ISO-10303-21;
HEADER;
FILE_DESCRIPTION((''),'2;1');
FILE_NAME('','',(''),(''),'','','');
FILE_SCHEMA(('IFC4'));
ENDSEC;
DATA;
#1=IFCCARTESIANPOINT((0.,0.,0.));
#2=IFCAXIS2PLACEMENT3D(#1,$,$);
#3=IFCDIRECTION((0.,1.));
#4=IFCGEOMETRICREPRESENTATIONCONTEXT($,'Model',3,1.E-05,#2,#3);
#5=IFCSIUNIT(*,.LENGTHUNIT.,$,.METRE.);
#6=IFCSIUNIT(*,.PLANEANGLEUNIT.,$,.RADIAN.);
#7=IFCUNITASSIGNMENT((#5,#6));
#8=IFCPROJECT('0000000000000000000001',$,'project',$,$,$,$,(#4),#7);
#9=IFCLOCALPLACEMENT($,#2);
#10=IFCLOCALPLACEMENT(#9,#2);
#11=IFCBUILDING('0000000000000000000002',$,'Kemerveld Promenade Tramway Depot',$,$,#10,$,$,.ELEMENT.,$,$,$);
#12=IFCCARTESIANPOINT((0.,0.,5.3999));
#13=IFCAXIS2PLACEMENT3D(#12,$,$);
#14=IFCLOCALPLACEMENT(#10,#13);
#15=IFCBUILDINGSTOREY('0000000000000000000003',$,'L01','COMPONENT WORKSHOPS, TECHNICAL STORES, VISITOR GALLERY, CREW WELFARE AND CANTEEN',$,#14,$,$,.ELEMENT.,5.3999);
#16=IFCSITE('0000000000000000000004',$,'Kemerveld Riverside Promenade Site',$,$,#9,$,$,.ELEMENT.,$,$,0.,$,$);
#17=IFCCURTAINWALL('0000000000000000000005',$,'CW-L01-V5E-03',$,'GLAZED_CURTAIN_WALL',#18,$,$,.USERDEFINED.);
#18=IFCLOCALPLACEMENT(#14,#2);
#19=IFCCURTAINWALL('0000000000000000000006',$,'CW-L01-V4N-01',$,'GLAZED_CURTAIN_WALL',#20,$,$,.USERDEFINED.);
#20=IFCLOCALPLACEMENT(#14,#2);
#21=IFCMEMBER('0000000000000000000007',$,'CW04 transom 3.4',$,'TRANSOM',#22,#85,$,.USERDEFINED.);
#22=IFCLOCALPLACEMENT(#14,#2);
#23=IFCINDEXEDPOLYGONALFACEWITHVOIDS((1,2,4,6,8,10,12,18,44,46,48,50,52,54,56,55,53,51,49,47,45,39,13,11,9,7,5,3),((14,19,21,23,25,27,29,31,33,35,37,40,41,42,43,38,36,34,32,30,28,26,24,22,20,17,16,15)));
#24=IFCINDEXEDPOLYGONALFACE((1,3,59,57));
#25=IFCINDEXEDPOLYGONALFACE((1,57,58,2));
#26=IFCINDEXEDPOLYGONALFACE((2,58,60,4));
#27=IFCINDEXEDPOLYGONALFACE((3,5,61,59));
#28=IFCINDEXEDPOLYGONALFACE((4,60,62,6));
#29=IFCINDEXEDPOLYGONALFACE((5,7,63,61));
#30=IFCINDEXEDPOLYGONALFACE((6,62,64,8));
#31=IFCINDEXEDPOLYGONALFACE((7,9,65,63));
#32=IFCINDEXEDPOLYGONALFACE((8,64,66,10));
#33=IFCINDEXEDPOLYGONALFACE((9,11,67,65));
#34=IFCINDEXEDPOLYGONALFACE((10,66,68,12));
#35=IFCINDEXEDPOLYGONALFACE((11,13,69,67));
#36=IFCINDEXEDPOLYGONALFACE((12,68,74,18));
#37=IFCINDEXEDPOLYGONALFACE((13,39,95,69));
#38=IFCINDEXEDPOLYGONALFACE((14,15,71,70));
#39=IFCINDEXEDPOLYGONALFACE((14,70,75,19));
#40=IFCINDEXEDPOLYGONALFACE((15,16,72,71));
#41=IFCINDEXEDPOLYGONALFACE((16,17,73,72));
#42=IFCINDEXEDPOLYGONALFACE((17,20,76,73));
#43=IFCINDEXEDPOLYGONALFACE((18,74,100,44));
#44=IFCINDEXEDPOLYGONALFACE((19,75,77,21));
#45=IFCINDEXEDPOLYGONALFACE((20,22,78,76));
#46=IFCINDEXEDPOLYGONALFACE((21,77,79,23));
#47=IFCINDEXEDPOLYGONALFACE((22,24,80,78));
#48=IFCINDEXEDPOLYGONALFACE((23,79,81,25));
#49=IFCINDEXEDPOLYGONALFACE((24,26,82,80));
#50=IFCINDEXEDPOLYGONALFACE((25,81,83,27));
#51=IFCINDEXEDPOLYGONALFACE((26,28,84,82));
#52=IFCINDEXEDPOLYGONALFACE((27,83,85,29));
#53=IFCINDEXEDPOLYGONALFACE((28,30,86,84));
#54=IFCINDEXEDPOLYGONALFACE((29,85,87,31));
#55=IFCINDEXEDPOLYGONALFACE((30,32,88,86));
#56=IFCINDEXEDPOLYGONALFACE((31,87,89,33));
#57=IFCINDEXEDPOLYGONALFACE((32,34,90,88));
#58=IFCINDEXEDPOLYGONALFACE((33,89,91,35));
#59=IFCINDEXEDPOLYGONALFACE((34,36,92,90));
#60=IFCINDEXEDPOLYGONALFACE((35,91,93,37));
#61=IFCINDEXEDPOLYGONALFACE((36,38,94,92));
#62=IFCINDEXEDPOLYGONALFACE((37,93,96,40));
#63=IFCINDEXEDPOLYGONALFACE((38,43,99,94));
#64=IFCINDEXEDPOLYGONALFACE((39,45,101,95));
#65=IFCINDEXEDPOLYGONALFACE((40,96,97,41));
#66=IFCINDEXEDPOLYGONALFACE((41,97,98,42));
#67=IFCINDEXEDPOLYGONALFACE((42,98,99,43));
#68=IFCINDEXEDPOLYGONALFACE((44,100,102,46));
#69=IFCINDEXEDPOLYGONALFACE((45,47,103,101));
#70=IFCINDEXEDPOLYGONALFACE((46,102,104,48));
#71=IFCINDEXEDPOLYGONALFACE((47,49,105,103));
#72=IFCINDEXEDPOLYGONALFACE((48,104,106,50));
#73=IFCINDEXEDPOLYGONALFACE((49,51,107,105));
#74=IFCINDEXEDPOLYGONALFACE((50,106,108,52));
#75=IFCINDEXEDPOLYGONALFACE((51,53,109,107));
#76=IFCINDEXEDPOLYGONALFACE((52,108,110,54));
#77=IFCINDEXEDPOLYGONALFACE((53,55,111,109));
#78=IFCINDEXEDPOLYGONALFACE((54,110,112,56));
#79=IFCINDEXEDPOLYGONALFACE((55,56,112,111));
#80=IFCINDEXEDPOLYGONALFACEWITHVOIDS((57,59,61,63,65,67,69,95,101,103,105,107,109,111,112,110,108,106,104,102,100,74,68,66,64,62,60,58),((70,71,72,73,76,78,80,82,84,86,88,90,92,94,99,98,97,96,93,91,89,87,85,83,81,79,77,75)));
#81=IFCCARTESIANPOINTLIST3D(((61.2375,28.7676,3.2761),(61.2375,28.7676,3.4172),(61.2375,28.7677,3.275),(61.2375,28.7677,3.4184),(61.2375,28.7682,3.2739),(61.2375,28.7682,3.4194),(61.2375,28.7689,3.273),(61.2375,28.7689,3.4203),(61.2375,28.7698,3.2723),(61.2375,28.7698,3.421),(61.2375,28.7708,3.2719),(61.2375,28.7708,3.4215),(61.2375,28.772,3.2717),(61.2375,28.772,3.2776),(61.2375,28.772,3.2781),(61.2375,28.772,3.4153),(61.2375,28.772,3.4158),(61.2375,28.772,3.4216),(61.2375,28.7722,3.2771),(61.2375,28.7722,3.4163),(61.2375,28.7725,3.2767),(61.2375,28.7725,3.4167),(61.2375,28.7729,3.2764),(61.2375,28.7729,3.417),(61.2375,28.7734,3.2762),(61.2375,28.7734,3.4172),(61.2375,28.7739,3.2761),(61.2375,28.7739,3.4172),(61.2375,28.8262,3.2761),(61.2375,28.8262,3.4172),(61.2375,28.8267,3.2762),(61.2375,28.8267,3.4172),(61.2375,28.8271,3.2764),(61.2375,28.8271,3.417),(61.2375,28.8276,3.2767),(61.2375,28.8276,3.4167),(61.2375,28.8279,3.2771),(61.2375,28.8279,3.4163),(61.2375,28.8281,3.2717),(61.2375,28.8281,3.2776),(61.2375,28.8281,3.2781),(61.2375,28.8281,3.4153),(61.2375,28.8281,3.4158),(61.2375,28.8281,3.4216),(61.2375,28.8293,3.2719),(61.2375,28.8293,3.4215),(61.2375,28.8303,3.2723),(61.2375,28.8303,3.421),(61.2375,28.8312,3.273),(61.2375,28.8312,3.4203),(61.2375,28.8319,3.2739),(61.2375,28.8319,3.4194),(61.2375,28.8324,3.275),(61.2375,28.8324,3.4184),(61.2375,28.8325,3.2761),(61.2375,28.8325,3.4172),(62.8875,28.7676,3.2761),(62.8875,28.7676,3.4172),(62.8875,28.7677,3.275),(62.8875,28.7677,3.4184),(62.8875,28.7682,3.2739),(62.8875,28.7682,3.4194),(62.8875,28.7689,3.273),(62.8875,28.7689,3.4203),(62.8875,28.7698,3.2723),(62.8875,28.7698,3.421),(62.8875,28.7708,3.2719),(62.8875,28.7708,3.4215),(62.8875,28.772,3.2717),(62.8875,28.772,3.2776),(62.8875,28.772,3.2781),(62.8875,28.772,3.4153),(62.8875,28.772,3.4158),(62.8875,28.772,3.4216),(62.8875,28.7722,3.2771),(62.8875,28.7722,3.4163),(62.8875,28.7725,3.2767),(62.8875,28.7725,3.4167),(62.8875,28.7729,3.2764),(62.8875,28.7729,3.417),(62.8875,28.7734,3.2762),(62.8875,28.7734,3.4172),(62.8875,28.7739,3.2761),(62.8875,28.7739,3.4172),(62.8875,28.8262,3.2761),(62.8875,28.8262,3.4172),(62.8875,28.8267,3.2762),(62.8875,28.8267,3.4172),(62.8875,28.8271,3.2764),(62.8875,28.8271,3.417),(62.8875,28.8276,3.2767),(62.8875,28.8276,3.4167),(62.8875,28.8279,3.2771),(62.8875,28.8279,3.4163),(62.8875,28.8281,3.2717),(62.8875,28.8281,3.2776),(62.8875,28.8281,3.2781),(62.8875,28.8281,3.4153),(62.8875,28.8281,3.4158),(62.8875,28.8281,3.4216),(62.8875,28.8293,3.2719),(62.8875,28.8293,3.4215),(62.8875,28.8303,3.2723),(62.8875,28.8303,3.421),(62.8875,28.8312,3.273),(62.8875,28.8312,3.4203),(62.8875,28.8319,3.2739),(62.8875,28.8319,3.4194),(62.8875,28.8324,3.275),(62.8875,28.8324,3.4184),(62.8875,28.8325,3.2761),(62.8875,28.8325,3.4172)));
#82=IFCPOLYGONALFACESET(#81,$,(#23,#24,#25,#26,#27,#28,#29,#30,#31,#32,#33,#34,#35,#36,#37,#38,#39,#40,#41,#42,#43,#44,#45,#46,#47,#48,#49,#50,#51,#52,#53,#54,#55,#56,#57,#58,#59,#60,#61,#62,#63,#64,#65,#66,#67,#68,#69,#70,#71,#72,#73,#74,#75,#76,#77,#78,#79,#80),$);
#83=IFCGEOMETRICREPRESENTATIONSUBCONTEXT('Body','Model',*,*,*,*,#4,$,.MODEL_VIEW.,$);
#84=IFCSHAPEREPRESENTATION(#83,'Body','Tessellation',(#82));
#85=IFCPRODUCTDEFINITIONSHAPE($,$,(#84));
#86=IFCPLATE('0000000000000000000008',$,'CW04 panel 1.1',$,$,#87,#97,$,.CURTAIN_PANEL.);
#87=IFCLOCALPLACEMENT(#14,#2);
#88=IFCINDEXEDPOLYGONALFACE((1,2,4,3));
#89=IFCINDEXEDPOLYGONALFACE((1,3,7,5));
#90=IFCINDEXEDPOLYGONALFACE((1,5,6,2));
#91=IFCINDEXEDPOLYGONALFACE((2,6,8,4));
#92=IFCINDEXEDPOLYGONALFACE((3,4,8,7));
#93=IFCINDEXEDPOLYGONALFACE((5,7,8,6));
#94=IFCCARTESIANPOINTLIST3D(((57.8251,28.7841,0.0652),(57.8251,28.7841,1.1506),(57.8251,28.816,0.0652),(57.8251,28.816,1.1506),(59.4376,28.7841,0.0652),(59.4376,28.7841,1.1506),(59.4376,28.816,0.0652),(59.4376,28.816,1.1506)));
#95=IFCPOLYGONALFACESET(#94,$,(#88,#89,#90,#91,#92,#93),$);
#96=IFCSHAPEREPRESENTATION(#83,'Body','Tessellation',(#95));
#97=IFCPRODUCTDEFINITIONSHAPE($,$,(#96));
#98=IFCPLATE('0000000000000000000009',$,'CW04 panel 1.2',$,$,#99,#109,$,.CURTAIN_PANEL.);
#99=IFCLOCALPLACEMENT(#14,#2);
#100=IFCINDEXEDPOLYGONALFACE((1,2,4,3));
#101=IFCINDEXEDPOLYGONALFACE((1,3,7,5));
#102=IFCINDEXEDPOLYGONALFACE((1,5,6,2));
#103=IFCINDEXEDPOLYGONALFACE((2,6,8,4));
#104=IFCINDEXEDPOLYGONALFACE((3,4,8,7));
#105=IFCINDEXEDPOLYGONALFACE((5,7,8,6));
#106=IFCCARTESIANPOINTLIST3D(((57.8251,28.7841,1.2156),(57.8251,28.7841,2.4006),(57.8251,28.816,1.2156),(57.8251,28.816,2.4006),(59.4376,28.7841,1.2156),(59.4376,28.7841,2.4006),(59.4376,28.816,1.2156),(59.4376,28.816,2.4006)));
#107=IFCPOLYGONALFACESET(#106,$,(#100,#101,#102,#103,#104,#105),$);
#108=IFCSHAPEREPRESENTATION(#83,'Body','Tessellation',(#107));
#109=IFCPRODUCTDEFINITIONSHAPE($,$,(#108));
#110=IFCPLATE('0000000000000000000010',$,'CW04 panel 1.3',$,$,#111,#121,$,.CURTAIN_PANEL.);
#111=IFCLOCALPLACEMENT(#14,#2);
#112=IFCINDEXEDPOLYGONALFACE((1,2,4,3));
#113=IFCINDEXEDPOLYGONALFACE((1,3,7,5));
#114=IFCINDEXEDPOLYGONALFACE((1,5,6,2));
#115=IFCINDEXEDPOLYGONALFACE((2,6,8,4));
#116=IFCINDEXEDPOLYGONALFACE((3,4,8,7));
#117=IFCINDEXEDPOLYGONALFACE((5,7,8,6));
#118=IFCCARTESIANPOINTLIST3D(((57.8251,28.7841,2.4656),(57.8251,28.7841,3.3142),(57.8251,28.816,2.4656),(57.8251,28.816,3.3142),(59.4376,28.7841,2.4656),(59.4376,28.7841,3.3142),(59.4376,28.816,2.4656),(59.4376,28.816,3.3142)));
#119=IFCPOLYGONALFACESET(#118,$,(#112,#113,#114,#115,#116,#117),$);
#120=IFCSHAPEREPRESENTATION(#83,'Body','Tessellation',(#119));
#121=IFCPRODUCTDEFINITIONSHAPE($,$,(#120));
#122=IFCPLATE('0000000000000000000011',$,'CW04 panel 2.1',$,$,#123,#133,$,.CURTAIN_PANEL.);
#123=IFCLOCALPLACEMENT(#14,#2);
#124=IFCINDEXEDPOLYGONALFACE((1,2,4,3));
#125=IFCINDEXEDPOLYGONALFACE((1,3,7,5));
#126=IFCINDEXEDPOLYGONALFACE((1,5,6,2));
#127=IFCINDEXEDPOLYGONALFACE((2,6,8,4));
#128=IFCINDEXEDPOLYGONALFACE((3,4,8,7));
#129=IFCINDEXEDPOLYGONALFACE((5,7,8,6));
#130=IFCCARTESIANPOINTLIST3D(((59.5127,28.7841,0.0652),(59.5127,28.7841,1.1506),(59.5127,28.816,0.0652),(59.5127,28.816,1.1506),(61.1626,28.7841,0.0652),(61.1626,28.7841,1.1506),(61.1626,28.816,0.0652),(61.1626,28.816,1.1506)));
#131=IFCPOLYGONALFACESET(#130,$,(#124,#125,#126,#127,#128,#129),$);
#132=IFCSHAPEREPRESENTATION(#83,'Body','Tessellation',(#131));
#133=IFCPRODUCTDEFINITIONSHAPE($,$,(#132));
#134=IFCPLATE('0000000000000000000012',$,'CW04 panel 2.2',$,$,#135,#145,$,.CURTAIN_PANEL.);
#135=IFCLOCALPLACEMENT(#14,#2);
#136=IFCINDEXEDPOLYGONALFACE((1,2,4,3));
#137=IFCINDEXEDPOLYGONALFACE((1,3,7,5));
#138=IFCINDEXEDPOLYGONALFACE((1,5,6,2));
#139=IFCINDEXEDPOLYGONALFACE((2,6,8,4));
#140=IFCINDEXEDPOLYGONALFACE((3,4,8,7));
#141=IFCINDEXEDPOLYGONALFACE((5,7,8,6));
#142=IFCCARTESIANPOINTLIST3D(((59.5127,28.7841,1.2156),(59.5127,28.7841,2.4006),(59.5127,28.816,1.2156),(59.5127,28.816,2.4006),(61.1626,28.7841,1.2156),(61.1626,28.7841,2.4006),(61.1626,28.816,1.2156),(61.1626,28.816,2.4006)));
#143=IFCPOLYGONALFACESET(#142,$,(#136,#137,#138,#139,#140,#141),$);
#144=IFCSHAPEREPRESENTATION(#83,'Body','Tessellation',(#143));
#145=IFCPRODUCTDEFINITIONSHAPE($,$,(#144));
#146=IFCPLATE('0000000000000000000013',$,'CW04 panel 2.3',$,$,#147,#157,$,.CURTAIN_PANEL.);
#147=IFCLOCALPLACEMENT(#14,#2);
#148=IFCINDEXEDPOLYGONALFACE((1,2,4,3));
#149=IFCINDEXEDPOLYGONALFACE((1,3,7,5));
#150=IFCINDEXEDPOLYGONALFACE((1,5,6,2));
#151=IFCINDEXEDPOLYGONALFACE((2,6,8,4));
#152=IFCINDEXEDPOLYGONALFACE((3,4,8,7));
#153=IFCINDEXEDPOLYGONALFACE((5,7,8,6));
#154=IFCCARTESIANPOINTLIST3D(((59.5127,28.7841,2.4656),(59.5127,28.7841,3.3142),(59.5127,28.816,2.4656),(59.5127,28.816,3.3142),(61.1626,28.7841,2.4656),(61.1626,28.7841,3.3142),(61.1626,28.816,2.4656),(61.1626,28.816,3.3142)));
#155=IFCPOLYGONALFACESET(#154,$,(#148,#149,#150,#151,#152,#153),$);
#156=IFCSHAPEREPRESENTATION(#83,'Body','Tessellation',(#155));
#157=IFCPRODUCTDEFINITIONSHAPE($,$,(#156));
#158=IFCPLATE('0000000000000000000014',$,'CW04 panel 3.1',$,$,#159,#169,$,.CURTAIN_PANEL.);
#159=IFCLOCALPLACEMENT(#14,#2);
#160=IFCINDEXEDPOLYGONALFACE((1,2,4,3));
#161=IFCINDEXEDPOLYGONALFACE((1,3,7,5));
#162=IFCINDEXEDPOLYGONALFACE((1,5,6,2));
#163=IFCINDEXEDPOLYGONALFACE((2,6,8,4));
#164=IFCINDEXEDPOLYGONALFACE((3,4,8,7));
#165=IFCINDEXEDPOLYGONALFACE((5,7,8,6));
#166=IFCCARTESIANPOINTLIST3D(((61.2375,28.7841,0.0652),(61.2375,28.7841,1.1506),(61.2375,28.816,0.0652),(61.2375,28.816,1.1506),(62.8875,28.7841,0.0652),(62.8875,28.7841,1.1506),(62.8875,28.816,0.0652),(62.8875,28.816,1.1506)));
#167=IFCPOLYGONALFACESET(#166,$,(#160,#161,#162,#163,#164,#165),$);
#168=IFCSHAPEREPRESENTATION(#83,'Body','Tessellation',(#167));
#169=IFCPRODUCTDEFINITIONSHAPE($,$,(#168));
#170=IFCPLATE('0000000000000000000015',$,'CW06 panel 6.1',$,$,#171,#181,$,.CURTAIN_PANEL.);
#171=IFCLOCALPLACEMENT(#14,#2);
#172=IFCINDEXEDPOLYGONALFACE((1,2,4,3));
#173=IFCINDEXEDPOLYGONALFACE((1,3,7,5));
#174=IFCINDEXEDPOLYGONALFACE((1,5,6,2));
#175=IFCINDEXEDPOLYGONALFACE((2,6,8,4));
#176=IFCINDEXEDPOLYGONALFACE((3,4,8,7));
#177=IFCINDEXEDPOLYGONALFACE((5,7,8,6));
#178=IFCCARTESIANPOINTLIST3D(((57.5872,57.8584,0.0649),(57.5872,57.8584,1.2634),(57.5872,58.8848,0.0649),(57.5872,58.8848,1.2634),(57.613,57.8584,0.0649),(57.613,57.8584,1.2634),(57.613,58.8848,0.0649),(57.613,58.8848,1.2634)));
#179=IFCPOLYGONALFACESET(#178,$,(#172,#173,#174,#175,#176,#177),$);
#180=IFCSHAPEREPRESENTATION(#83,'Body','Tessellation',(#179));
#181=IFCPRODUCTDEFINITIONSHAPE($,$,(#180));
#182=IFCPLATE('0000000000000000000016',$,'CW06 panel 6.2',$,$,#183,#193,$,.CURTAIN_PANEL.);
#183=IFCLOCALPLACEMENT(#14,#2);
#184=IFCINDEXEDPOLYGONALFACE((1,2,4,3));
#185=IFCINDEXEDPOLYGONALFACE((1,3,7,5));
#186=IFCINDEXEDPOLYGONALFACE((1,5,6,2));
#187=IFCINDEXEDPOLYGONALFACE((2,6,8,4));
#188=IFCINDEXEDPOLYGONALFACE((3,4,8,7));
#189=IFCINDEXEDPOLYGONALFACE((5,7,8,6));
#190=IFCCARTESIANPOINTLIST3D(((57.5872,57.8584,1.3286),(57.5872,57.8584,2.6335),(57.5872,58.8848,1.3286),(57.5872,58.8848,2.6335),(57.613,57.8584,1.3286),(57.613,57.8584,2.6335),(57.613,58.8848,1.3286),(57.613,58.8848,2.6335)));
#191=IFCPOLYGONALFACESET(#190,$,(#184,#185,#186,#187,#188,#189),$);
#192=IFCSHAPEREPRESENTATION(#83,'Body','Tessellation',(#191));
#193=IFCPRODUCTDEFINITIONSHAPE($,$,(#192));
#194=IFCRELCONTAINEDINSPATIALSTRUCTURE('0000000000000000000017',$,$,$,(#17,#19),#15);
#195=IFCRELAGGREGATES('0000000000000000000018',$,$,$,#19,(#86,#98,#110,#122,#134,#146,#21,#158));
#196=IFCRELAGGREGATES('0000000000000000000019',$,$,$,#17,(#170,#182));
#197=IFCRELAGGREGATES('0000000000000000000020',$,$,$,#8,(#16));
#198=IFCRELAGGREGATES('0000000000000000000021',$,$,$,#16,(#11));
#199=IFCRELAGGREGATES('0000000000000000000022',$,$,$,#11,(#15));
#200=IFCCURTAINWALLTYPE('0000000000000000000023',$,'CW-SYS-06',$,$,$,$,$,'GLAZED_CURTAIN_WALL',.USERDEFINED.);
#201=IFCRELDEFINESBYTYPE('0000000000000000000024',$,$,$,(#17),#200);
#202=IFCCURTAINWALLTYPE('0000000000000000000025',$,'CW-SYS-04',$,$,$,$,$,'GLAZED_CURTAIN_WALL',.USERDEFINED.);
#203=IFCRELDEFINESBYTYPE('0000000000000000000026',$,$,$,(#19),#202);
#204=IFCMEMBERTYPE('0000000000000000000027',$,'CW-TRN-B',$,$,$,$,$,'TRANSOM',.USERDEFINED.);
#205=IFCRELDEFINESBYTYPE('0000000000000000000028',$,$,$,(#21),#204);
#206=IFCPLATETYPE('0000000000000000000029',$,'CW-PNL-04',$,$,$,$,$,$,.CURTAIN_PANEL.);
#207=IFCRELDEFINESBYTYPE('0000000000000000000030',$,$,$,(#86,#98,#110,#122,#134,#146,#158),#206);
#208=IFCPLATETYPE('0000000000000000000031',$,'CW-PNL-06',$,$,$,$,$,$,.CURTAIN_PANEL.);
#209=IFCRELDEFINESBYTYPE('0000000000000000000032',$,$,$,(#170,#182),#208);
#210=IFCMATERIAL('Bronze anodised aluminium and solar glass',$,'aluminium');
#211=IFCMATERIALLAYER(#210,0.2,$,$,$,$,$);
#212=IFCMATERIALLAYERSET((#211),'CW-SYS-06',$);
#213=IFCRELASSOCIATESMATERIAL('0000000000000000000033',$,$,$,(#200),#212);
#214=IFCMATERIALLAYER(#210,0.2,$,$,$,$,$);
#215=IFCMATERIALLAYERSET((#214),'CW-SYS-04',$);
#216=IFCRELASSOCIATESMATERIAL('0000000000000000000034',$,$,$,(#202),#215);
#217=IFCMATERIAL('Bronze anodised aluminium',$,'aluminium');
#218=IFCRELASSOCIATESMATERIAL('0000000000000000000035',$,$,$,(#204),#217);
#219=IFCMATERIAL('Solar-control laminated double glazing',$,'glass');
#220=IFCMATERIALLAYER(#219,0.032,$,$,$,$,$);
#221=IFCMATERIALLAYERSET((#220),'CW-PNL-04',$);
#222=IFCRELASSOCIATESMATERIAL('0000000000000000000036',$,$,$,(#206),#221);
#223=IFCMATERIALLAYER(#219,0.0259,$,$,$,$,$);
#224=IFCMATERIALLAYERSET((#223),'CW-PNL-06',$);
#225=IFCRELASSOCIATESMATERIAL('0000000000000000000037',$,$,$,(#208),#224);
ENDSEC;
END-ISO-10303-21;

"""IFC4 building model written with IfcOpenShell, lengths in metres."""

from ifc_helpers import new_model, si_unit, direction, frame, origin, origin_2d, place, context, subcontext, project, spatial, rectangle, hollow_rectangle, extrude, material, layer, layer_set, material_profile, profile_set, type_object, element, aggregate, save


model = new_model("IFC4")

# Units and contexts
model_context = context("Model", 3, precision=1e-05, world=origin(), true_north=direction((0.0, 1.0)))
body_context = subcontext(model_context, "Body", "Model", "MODEL_VIEW")
ifc_project = project(units=[si_unit("LENGTHUNIT", "METRE"), si_unit("PLANEANGLEUNIT", "RADIAN")], contexts=[model_context])

# Site, building, storey
site_placement = place(None, origin())
site = spatial("IfcSite", under=ifc_project, at=site_placement, Name="Kemerveld Riverside Promenade Site", CompositionType="ELEMENT", RefElevation=0.0)
building_placement = place(site_placement, origin())
building = spatial("IfcBuilding", under=site, at=building_placement, Name="Kemerveld Promenade Tramway Depot", CompositionType="ELEMENT")
storey_placement = place(building_placement, frame((0.0, 0.0, 5.3999)))
storey = spatial("IfcBuildingStorey", under=building, at=storey_placement, Name="L01", Description="COMPONENT WORKSHOPS, TECHNICAL STORES, VISITOR GALLERY, CREW WELFARE AND CANTEEN", CompositionType="ELEMENT", Elevation=5.3999)

# Curtain wall
ifc_material_1 = material(Name="Bronze anodised aluminium and solar glass", Category="aluminium")
ifc_layer_1 = layer(ifc_material_1, 0.2)
ifc_layer_set_1 = layer_set([ifc_layer_1], Name="CW-SYS-06")
curtain_wall_type_1 = type_object("IfcCurtainWallType", Name="CW-SYS-06", ElementType="GLAZED_CURTAIN_WALL", PredefinedType="USERDEFINED", material=ifc_layer_set_1)
curtain_wall_1_placement = place(storey_placement, origin())
curtain_wall_1 = element("IfcCurtainWall", 1, at=curtain_wall_1_placement, inside=storey, type_object=curtain_wall_type_1, Name="CW-L01-V5E-03", ObjectType="GLAZED_CURTAIN_WALL", PredefinedType="USERDEFINED")
ifc_material_2 = material(Name="Bronze anodised aluminium", Category="aluminium")

# Curtain wall, member, plates
ifc_layer_2 = layer(ifc_material_1, 0.2)
ifc_layer_set_2 = layer_set([ifc_layer_2], Name="CW-SYS-04")
curtain_wall_type_2 = type_object("IfcCurtainWallType", Name="CW-SYS-04", ElementType="GLAZED_CURTAIN_WALL", PredefinedType="USERDEFINED", material=ifc_layer_set_2)
curtain_wall_2_placement = place(storey_placement, origin())
curtain_wall_2 = element("IfcCurtainWall", 2, at=curtain_wall_2_placement, inside=storey, type_object=curtain_wall_type_2, Name="CW-L01-V4N-01", ObjectType="GLAZED_CURTAIN_WALL", PredefinedType="USERDEFINED")
ifc_material_profile_1 = material_profile(ifc_material_2, hollow_rectangle(XDim=0.0649, YDim=0.1499, WallThickness=0.0044, InnerFilletRadius=0.002, OuterFilletRadius=0.0044, at=origin_2d()), Name="CW-TRN-150x65")
ifc_profile_set_1 = profile_set([ifc_material_profile_1], Name="Bronze anodised aluminium")
member_type_1 = type_object("IfcMemberType", Name="CW-TRN-B", ElementType="TRANSOM", PredefinedType="USERDEFINED", material=ifc_profile_set_1)
member_1_placement = place(storey_placement, frame((61.2375, 28.8, 3.3467), z_axis=(1.0, 0.0, 0.0), x_axis=(0.0, 1.0, 0.0)))
member_1 = element("IfcMember", 3, at=member_1_placement, type_object=member_type_1, Name="CW04 transom 3.4", ObjectType="TRANSOM", PredefinedType="USERDEFINED", context=body_context, shape_type="SweptSolid", body=[
    extrude(hollow_rectangle(XDim=0.0649, YDim=0.1499, WallThickness=0.0044, InnerFilletRadius=0.002, OuterFilletRadius=0.0044, at=origin_2d()), origin(), (0.0, 0.0, 1.0), 1.6499),
])
ifc_material_3 = material(Name="Solar-control laminated double glazing", Category="glass")
ifc_layer_3 = layer(ifc_material_3, 0.032)
ifc_layer_set_3 = layer_set([ifc_layer_3], Name="CW-PNL-04")
plate_type_1 = type_object("IfcPlateType", Name="CW-PNL-04", PredefinedType="CURTAIN_PANEL", material=ifc_layer_set_3)
plate_1_placement = place(storey_placement, frame((58.6313, 28.8, 0.0652), z_axis=(0.0, 0.0, 1.0), x_axis=(1.0, 0.0, 0.0)))
plate_1 = element("IfcPlate", 4, at=plate_1_placement, type_object=plate_type_1, Name="CW04 panel 1.1", PredefinedType="CURTAIN_PANEL", context=body_context, shape_type="SweptSolid", body=[
    extrude(rectangle(XDim=1.6125, YDim=0.032, at=origin_2d()), origin(), (0.0, 0.0, 1.0), 1.0854),
])
plate_2_placement = place(storey_placement, frame((58.6313, 28.8, 1.2156), z_axis=(0.0, 0.0, 1.0), x_axis=(1.0, 0.0, 0.0)))
plate_2 = element("IfcPlate", 5, at=plate_2_placement, type_object=plate_type_1, Name="CW04 panel 1.2", PredefinedType="CURTAIN_PANEL", context=body_context, shape_type="SweptSolid", body=[
    extrude(rectangle(XDim=1.6125, YDim=0.032, at=origin_2d()), origin(), (0.0, 0.0, 1.0), 1.1851),
])
plate_3_placement = place(storey_placement, frame((58.6313, 28.8, 2.4656), z_axis=(0.0, 0.0, 1.0), x_axis=(1.0, 0.0, 0.0)))
plate_3 = element("IfcPlate", 6, at=plate_3_placement, type_object=plate_type_1, Name="CW04 panel 1.3", PredefinedType="CURTAIN_PANEL", context=body_context, shape_type="SweptSolid", body=[
    extrude(rectangle(XDim=1.6125, YDim=0.032, at=origin_2d()), origin(), (0.0, 0.0, 1.0), 0.8486),
])
plate_4_placement = place(storey_placement, frame((60.3376, 28.8, 0.0652), z_axis=(0.0, 0.0, 1.0), x_axis=(1.0, 0.0, 0.0)))
plate_4 = element("IfcPlate", 7, at=plate_4_placement, type_object=plate_type_1, Name="CW04 panel 2.1", PredefinedType="CURTAIN_PANEL", context=body_context, shape_type="SweptSolid", body=[
    extrude(rectangle(XDim=1.6499, YDim=0.032, at=origin_2d()), origin(), (0.0, 0.0, 1.0), 1.0854),
])
plate_5_placement = place(storey_placement, frame((60.3376, 28.8, 1.2156), z_axis=(0.0, 0.0, 1.0), x_axis=(1.0, 0.0, 0.0)))
plate_5 = element("IfcPlate", 8, at=plate_5_placement, type_object=plate_type_1, Name="CW04 panel 2.2", PredefinedType="CURTAIN_PANEL", context=body_context, shape_type="SweptSolid", body=[
    extrude(rectangle(XDim=1.6499, YDim=0.032, at=origin_2d()), origin(), (0.0, 0.0, 1.0), 1.1851),
])
plate_6_placement = place(storey_placement, frame((60.3376, 28.8, 2.4656), z_axis=(0.0, 0.0, 1.0), x_axis=(1.0, 0.0, 0.0)))
plate_6 = element("IfcPlate", 9, at=plate_6_placement, type_object=plate_type_1, Name="CW04 panel 2.3", PredefinedType="CURTAIN_PANEL", context=body_context, shape_type="SweptSolid", body=[
    extrude(rectangle(XDim=1.6499, YDim=0.032, at=origin_2d()), origin(), (0.0, 0.0, 1.0), 0.8486),
])
plate_7_placement = place(storey_placement, frame((62.0625, 28.8, 0.0652), z_axis=(0.0, 0.0, 1.0), x_axis=(1.0, 0.0, 0.0)))
plate_7 = element("IfcPlate", 10, at=plate_7_placement, type_object=plate_type_1, Name="CW04 panel 3.1", PredefinedType="CURTAIN_PANEL", context=body_context, shape_type="SweptSolid", body=[
    extrude(rectangle(XDim=1.6499, YDim=0.032, at=origin_2d()), origin(), (0.0, 0.0, 1.0), 1.0854),
])
aggregate(curtain_wall_2, [plate_1, plate_2, plate_3, plate_4, plate_5, plate_6, member_1, plate_7])

# Plates
ifc_layer_4 = layer(ifc_material_3, 0.0259)
ifc_layer_set_4 = layer_set([ifc_layer_4], Name="CW-PNL-06")
plate_type_2 = type_object("IfcPlateType", Name="CW-PNL-06", PredefinedType="CURTAIN_PANEL", material=ifc_layer_set_4)
plate_8_placement = place(storey_placement, frame((57.6001, 58.3716, 0.0649), z_axis=(0.0, 0.0, 1.0), x_axis=(0.0, -1.0, 0.0)))
plate_8 = element("IfcPlate", 11, at=plate_8_placement, type_object=plate_type_2, Name="CW06 panel 6.1", PredefinedType="CURTAIN_PANEL", context=body_context, shape_type="SweptSolid", body=[
    extrude(rectangle(XDim=1.0264, YDim=0.0259, at=origin_2d()), origin(), (0.0, 0.0, 1.0), 1.1985),
])
plate_9_placement = place(storey_placement, frame((57.6001, 58.3716, 1.3286), z_axis=(0.0, 0.0, 1.0), x_axis=(0.0, -1.0, 0.0)))
plate_9 = element("IfcPlate", 12, at=plate_9_placement, type_object=plate_type_2, Name="CW06 panel 6.2", PredefinedType="CURTAIN_PANEL", context=body_context, shape_type="SweptSolid", body=[
    extrude(rectangle(XDim=1.0264, YDim=0.0259, at=origin_2d()), origin(), (0.0, 0.0, 1.0), 1.3049),
])
aggregate(curtain_wall_1, [plate_8, plate_9])

save(model, "model.ifc")
